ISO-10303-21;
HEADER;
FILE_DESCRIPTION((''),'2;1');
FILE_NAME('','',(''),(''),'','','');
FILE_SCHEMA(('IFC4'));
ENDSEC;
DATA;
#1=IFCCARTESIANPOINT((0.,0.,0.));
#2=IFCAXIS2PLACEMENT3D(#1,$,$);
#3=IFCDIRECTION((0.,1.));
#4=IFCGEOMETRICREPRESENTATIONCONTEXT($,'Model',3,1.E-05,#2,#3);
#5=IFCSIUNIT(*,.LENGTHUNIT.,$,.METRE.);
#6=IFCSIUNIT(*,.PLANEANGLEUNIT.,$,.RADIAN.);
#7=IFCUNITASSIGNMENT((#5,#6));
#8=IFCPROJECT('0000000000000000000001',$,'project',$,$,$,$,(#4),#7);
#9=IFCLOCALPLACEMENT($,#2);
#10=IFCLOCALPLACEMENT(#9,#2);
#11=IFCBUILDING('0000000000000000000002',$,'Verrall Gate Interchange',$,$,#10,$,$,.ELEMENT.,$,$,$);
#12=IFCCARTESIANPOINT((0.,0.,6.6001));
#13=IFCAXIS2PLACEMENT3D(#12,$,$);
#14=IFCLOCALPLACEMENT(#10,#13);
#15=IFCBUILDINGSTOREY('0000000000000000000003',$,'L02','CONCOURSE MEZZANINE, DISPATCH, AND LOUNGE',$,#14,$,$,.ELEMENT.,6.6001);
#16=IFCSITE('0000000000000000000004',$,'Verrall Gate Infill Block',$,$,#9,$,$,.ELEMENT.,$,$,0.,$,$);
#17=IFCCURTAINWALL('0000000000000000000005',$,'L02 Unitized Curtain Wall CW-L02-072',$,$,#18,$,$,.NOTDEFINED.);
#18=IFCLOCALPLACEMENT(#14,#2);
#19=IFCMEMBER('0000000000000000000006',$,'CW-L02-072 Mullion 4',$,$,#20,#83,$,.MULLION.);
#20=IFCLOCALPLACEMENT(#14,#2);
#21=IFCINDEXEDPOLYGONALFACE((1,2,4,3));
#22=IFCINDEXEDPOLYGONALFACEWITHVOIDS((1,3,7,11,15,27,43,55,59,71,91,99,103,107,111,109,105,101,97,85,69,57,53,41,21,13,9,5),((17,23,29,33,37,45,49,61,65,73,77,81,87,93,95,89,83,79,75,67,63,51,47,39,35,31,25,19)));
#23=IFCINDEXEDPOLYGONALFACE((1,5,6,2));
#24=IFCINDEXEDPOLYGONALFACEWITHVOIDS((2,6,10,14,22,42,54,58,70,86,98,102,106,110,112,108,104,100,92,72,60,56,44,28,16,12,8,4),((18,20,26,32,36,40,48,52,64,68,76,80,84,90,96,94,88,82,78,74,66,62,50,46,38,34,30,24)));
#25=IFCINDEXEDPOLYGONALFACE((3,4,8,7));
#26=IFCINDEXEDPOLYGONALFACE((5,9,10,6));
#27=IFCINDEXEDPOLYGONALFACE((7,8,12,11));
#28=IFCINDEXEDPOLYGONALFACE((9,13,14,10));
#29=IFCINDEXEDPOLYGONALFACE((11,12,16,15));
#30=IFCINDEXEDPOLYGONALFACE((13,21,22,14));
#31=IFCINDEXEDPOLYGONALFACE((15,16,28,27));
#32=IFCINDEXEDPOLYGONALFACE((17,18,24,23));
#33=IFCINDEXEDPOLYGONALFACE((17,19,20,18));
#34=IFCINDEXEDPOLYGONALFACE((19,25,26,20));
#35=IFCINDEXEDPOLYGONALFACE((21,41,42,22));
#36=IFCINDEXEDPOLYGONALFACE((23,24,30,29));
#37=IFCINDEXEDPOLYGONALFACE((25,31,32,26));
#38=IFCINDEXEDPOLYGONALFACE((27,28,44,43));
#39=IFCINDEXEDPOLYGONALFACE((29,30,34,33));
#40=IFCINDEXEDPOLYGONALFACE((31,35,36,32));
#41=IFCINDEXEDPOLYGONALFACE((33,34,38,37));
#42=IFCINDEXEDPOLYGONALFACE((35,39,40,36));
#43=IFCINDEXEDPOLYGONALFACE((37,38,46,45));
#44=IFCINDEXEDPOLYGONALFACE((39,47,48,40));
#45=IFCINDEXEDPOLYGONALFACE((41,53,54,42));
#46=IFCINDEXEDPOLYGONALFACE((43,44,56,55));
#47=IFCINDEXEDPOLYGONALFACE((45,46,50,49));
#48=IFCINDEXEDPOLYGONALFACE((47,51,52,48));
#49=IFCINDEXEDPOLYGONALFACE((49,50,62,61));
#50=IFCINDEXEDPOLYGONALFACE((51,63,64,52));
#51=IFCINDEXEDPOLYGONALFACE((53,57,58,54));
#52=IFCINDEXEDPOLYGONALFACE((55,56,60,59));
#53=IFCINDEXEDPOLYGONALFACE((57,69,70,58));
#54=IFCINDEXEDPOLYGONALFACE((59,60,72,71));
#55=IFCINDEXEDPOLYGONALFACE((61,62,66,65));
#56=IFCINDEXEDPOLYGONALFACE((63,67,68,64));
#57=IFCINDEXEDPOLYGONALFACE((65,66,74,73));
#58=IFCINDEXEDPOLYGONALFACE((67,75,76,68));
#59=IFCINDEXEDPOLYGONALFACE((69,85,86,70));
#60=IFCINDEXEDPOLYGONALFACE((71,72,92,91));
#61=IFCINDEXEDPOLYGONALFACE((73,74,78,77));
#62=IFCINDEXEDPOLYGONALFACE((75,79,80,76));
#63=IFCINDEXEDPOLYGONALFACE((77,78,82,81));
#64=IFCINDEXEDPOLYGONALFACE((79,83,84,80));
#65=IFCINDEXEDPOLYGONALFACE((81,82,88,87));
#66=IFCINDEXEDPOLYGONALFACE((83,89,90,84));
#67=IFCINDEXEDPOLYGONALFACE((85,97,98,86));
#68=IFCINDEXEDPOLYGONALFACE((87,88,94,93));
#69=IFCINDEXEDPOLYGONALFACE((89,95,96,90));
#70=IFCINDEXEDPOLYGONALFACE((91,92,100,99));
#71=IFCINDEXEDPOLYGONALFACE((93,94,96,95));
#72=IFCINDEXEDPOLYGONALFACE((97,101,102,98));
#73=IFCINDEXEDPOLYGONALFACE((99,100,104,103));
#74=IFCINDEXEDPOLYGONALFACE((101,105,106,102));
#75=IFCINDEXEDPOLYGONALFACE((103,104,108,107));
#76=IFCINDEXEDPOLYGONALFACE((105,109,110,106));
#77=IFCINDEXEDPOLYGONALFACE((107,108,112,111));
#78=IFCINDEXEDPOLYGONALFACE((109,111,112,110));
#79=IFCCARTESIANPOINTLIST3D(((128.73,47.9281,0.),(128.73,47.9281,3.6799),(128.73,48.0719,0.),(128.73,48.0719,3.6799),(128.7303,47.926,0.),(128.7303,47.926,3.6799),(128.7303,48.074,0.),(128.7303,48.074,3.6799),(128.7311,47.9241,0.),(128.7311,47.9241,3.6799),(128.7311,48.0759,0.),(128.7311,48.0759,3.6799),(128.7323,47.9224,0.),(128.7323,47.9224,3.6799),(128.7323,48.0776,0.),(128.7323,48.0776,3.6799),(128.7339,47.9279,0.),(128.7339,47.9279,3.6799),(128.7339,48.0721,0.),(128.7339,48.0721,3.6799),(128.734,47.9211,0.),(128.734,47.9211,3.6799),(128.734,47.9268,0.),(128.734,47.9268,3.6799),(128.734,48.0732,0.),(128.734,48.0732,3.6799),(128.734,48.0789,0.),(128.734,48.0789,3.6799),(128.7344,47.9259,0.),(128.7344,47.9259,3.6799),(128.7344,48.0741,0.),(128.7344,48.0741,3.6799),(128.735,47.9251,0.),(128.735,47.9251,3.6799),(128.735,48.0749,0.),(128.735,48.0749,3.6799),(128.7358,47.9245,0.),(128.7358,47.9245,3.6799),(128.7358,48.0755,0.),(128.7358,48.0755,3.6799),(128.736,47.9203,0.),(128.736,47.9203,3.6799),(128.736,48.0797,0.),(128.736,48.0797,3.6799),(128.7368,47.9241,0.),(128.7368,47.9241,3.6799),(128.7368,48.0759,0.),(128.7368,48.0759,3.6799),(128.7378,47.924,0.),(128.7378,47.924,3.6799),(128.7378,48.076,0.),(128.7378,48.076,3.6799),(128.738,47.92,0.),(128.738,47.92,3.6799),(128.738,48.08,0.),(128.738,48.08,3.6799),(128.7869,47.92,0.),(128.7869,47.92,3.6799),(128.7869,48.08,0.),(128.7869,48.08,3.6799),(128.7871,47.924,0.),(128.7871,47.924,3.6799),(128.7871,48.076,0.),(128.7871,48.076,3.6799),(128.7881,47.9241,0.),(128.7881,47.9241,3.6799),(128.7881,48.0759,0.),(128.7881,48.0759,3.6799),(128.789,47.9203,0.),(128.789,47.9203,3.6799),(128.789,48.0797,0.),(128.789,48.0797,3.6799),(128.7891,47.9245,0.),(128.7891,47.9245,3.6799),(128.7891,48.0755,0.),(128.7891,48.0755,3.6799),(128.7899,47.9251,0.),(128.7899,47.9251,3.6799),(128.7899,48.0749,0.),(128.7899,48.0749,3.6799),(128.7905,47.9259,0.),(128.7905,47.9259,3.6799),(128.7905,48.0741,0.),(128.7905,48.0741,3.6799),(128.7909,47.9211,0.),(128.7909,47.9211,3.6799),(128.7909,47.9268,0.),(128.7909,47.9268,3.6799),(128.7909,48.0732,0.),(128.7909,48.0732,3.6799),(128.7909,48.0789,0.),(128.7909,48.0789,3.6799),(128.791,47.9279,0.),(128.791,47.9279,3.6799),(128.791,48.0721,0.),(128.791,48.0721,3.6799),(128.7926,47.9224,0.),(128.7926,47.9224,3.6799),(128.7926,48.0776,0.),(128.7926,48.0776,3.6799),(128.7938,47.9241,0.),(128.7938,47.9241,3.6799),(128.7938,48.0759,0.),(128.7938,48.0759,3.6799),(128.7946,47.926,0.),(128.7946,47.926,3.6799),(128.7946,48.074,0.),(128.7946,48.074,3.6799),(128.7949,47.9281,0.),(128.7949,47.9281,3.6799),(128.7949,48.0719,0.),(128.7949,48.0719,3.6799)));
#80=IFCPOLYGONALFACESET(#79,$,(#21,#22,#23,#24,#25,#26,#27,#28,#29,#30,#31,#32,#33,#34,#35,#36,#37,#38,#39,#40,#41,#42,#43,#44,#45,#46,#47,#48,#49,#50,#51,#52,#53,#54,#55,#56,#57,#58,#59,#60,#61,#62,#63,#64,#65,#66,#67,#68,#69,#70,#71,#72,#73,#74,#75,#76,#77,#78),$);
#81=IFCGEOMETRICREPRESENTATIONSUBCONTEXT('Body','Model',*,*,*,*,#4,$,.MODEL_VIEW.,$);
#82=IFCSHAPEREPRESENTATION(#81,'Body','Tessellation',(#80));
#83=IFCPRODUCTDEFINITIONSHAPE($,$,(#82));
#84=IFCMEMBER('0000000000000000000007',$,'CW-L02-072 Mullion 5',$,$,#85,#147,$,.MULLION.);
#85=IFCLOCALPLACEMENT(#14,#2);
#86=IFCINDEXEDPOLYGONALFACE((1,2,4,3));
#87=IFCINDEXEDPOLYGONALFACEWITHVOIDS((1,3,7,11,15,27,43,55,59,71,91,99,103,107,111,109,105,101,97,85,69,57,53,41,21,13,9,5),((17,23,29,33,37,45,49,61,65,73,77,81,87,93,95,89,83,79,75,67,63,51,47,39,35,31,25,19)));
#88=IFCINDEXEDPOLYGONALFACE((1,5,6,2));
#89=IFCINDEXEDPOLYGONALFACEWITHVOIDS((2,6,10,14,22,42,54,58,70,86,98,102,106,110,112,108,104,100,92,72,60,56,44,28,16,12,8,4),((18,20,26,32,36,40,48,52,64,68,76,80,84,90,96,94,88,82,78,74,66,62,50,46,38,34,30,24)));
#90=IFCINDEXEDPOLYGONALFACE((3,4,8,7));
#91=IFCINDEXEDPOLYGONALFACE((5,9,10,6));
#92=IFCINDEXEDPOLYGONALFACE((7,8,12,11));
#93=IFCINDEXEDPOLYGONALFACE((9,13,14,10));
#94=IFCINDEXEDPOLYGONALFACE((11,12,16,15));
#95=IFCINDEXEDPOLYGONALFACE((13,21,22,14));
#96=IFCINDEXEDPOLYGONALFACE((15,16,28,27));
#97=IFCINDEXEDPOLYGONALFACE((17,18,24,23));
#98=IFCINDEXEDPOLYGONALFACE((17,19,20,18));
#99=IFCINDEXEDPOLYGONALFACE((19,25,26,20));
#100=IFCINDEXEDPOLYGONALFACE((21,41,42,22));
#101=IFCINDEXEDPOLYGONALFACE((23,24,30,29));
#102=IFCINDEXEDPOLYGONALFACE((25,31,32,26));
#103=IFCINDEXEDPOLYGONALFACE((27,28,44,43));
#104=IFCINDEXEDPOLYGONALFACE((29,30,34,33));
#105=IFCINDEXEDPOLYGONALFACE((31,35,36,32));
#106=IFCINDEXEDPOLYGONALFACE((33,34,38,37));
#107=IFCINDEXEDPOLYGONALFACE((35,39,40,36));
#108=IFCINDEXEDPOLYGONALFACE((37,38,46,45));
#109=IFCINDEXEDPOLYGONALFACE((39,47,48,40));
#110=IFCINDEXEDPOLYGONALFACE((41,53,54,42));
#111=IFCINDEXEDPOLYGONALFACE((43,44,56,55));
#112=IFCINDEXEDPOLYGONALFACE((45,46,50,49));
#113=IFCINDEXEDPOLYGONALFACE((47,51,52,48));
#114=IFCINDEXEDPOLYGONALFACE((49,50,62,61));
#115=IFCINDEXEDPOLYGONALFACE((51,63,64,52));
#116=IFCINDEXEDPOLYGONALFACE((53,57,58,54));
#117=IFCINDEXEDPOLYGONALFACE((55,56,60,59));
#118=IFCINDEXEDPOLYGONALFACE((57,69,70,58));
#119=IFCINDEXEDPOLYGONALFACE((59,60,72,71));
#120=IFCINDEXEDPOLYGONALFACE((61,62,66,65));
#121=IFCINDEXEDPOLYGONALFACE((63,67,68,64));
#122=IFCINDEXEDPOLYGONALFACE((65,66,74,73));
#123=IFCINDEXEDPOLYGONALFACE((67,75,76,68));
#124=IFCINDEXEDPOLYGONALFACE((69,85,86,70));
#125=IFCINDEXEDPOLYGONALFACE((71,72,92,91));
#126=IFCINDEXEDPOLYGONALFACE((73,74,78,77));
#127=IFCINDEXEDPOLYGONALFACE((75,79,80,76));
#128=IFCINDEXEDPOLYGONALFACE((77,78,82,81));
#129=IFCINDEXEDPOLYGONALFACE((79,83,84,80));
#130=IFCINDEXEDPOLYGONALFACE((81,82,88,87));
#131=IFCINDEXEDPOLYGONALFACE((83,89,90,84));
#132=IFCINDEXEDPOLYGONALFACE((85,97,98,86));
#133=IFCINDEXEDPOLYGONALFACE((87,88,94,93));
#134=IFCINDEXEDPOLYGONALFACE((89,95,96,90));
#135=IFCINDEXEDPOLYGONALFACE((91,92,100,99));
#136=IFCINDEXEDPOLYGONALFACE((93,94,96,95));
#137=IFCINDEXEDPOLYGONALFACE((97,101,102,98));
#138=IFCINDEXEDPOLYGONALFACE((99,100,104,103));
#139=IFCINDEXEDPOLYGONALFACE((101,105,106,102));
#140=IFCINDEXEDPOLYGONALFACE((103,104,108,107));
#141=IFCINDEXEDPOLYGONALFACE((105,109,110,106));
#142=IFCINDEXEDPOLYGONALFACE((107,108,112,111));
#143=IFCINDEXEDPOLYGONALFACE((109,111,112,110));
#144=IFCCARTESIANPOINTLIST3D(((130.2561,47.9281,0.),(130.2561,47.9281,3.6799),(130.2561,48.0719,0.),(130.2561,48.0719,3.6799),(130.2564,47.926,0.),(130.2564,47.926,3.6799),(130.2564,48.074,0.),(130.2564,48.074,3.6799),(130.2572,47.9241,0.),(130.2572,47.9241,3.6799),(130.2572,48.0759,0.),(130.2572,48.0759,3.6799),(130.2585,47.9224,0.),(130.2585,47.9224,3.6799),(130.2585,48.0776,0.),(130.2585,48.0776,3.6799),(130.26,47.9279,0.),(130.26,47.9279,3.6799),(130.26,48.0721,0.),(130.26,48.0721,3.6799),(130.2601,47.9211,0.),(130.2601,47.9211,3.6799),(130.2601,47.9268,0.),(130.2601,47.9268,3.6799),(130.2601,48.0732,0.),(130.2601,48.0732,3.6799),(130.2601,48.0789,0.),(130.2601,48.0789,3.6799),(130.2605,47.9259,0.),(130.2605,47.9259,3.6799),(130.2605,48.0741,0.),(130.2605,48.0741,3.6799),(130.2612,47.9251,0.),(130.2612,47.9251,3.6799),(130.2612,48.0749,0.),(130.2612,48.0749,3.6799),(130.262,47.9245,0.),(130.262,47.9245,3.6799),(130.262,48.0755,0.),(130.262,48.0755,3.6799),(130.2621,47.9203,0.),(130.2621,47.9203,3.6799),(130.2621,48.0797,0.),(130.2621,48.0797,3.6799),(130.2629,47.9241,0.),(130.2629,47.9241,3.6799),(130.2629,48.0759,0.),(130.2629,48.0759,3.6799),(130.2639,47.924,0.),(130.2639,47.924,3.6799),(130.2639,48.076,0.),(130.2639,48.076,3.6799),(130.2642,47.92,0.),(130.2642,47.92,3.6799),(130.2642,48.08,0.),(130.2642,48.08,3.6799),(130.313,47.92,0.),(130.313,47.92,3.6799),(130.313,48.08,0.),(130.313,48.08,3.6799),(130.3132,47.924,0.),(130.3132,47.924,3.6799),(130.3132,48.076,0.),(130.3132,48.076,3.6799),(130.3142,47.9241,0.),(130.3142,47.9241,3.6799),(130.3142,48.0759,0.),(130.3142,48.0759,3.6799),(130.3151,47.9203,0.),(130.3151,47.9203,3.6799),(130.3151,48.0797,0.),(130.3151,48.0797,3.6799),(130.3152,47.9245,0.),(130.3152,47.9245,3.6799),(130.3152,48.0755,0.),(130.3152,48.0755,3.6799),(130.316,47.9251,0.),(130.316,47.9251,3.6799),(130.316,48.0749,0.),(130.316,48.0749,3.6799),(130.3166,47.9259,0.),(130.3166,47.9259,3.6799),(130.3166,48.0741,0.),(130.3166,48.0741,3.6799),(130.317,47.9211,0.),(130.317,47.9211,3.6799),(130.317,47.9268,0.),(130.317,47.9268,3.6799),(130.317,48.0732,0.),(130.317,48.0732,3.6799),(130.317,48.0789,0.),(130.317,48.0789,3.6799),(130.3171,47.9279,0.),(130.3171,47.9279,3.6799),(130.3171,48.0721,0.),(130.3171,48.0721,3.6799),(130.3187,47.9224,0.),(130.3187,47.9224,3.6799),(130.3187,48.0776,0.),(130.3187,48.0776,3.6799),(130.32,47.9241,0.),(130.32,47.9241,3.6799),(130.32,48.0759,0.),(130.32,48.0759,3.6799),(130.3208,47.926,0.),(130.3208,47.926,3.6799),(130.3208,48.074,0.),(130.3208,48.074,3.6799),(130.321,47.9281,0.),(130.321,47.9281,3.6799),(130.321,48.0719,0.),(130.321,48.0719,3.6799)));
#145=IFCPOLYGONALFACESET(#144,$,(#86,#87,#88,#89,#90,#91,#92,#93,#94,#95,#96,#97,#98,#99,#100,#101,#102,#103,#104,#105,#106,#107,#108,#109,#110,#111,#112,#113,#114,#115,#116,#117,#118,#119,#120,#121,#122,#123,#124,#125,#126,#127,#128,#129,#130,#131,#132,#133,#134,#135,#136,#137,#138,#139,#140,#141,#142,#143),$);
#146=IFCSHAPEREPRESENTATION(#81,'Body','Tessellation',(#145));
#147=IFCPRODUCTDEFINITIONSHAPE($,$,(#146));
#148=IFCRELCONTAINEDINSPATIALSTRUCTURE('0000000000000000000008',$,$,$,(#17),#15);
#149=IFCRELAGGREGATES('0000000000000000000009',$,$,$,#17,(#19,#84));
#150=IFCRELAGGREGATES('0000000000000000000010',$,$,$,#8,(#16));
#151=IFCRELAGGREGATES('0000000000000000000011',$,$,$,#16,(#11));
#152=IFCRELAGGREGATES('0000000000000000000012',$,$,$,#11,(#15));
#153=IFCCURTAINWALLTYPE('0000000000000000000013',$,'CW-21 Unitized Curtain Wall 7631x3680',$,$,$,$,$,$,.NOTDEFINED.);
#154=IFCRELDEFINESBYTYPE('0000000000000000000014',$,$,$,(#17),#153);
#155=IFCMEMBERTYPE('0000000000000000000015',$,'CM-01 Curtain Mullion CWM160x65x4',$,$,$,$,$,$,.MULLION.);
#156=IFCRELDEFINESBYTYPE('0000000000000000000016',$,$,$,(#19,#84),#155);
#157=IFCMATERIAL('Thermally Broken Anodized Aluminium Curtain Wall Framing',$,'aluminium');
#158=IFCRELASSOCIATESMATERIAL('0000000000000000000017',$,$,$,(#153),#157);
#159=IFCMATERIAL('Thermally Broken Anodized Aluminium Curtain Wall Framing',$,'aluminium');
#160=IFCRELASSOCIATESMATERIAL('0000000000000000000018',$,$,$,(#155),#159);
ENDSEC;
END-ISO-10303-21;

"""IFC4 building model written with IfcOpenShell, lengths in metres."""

from ifc_helpers import new_model, si_unit, direction, frame, origin, origin_2d, place, context, subcontext, project, spatial, hollow_rectangle, extrude, material, material_profile, profile_set, type_object, element, aggregate, save


model = new_model("IFC4")

# Units and contexts
model_context = context("Model", 3, precision=1e-05, world=origin(), true_north=direction((0.0, 1.0)))
body_context = subcontext(model_context, "Body", "Model", "MODEL_VIEW")
ifc_project = project(units=[si_unit("LENGTHUNIT", "METRE"), si_unit("PLANEANGLEUNIT", "RADIAN")], contexts=[model_context])

# Site, building, storey
site_placement = place(None, origin())
site = spatial("IfcSite", under=ifc_project, at=site_placement, Name="Verrall Gate Infill Block", CompositionType="ELEMENT", RefElevation=0.0)
building_placement = place(site_placement, origin())
building = spatial("IfcBuilding", under=site, at=building_placement, Name="Verrall Gate Interchange", CompositionType="ELEMENT")
storey_placement = place(building_placement, frame((0.0, 0.0, 6.6001)))
storey = spatial("IfcBuildingStorey", under=building, at=storey_placement, Name="L02", Description="CONCOURSE MEZZANINE, DISPATCH, AND LOUNGE", CompositionType="ELEMENT", Elevation=6.6001)

# Curtain wall, members
ifc_material_1 = material(Name="Thermally Broken Anodized Aluminium Curtain Wall Framing", Category="aluminium")
curtain_wall_type = type_object("IfcCurtainWallType", Name="CW-21 Unitized Curtain Wall 7631x3680", PredefinedType="NOTDEFINED", material=ifc_material_1)
curtain_wall_1_placement = place(storey_placement, origin())
curtain_wall_1 = element("IfcCurtainWall", 1, at=curtain_wall_1_placement, inside=storey, type_object=curtain_wall_type, Name="L02 Unitized Curtain Wall CW-L02-072", PredefinedType="NOTDEFINED")
ifc_material_2 = material(Name="Thermally Broken Anodized Aluminium Curtain Wall Framing", Category="aluminium")
ifc_material_profile_1 = material_profile(ifc_material_2, hollow_rectangle(XDim=0.0649, YDim=0.1599, WallThickness=0.0039, InnerFilletRadius=0.0039, OuterFilletRadius=0.0081, at=origin_2d()), Name="CWM160x65x4")
ifc_profile_set_1 = profile_set([ifc_material_profile_1], Name="Thermally Broken Anodized Aluminium Curtain Wall Framing")
member_type_1 = type_object("IfcMemberType", Name="CM-01 Curtain Mullion CWM160x65x4", PredefinedType="MULLION", material=ifc_profile_set_1)
member_1_placement = place(storey_placement, frame((128.7625, 48.0, 0.0), z_axis=(0.0, 0.0, 1.0), x_axis=(1.0, 0.0, 0.0)))
member_1 = element("IfcMember", 2, at=member_1_placement, type_object=member_type_1, Name="CW-L02-072 Mullion 4", PredefinedType="MULLION", context=body_context, shape_type="SweptSolid", body=[
    extrude(hollow_rectangle(XDim=0.0649, YDim=0.1599, WallThickness=0.0039, InnerFilletRadius=0.0039, OuterFilletRadius=0.0081, at=origin_2d()), origin(), (0.0, 0.0, 1.0), 3.6799),
])
member_2_placement = place(storey_placement, frame((130.2886, 48.0, 0.0), z_axis=(0.0, 0.0, 1.0), x_axis=(1.0, 0.0, 0.0)))
member_2 = element("IfcMember", 3, at=member_2_placement, type_object=member_type_1, Name="CW-L02-072 Mullion 5", PredefinedType="MULLION", context=body_context, shape_type="SweptSolid", body=[
    extrude(hollow_rectangle(XDim=0.0649, YDim=0.1599, WallThickness=0.0039, InnerFilletRadius=0.0039, OuterFilletRadius=0.0081, at=origin_2d()), origin(), (0.0, 0.0, 1.0), 3.6799),
])

aggregate(curtain_wall_1, [member_1, member_2])

save(model, "model.ifc")
